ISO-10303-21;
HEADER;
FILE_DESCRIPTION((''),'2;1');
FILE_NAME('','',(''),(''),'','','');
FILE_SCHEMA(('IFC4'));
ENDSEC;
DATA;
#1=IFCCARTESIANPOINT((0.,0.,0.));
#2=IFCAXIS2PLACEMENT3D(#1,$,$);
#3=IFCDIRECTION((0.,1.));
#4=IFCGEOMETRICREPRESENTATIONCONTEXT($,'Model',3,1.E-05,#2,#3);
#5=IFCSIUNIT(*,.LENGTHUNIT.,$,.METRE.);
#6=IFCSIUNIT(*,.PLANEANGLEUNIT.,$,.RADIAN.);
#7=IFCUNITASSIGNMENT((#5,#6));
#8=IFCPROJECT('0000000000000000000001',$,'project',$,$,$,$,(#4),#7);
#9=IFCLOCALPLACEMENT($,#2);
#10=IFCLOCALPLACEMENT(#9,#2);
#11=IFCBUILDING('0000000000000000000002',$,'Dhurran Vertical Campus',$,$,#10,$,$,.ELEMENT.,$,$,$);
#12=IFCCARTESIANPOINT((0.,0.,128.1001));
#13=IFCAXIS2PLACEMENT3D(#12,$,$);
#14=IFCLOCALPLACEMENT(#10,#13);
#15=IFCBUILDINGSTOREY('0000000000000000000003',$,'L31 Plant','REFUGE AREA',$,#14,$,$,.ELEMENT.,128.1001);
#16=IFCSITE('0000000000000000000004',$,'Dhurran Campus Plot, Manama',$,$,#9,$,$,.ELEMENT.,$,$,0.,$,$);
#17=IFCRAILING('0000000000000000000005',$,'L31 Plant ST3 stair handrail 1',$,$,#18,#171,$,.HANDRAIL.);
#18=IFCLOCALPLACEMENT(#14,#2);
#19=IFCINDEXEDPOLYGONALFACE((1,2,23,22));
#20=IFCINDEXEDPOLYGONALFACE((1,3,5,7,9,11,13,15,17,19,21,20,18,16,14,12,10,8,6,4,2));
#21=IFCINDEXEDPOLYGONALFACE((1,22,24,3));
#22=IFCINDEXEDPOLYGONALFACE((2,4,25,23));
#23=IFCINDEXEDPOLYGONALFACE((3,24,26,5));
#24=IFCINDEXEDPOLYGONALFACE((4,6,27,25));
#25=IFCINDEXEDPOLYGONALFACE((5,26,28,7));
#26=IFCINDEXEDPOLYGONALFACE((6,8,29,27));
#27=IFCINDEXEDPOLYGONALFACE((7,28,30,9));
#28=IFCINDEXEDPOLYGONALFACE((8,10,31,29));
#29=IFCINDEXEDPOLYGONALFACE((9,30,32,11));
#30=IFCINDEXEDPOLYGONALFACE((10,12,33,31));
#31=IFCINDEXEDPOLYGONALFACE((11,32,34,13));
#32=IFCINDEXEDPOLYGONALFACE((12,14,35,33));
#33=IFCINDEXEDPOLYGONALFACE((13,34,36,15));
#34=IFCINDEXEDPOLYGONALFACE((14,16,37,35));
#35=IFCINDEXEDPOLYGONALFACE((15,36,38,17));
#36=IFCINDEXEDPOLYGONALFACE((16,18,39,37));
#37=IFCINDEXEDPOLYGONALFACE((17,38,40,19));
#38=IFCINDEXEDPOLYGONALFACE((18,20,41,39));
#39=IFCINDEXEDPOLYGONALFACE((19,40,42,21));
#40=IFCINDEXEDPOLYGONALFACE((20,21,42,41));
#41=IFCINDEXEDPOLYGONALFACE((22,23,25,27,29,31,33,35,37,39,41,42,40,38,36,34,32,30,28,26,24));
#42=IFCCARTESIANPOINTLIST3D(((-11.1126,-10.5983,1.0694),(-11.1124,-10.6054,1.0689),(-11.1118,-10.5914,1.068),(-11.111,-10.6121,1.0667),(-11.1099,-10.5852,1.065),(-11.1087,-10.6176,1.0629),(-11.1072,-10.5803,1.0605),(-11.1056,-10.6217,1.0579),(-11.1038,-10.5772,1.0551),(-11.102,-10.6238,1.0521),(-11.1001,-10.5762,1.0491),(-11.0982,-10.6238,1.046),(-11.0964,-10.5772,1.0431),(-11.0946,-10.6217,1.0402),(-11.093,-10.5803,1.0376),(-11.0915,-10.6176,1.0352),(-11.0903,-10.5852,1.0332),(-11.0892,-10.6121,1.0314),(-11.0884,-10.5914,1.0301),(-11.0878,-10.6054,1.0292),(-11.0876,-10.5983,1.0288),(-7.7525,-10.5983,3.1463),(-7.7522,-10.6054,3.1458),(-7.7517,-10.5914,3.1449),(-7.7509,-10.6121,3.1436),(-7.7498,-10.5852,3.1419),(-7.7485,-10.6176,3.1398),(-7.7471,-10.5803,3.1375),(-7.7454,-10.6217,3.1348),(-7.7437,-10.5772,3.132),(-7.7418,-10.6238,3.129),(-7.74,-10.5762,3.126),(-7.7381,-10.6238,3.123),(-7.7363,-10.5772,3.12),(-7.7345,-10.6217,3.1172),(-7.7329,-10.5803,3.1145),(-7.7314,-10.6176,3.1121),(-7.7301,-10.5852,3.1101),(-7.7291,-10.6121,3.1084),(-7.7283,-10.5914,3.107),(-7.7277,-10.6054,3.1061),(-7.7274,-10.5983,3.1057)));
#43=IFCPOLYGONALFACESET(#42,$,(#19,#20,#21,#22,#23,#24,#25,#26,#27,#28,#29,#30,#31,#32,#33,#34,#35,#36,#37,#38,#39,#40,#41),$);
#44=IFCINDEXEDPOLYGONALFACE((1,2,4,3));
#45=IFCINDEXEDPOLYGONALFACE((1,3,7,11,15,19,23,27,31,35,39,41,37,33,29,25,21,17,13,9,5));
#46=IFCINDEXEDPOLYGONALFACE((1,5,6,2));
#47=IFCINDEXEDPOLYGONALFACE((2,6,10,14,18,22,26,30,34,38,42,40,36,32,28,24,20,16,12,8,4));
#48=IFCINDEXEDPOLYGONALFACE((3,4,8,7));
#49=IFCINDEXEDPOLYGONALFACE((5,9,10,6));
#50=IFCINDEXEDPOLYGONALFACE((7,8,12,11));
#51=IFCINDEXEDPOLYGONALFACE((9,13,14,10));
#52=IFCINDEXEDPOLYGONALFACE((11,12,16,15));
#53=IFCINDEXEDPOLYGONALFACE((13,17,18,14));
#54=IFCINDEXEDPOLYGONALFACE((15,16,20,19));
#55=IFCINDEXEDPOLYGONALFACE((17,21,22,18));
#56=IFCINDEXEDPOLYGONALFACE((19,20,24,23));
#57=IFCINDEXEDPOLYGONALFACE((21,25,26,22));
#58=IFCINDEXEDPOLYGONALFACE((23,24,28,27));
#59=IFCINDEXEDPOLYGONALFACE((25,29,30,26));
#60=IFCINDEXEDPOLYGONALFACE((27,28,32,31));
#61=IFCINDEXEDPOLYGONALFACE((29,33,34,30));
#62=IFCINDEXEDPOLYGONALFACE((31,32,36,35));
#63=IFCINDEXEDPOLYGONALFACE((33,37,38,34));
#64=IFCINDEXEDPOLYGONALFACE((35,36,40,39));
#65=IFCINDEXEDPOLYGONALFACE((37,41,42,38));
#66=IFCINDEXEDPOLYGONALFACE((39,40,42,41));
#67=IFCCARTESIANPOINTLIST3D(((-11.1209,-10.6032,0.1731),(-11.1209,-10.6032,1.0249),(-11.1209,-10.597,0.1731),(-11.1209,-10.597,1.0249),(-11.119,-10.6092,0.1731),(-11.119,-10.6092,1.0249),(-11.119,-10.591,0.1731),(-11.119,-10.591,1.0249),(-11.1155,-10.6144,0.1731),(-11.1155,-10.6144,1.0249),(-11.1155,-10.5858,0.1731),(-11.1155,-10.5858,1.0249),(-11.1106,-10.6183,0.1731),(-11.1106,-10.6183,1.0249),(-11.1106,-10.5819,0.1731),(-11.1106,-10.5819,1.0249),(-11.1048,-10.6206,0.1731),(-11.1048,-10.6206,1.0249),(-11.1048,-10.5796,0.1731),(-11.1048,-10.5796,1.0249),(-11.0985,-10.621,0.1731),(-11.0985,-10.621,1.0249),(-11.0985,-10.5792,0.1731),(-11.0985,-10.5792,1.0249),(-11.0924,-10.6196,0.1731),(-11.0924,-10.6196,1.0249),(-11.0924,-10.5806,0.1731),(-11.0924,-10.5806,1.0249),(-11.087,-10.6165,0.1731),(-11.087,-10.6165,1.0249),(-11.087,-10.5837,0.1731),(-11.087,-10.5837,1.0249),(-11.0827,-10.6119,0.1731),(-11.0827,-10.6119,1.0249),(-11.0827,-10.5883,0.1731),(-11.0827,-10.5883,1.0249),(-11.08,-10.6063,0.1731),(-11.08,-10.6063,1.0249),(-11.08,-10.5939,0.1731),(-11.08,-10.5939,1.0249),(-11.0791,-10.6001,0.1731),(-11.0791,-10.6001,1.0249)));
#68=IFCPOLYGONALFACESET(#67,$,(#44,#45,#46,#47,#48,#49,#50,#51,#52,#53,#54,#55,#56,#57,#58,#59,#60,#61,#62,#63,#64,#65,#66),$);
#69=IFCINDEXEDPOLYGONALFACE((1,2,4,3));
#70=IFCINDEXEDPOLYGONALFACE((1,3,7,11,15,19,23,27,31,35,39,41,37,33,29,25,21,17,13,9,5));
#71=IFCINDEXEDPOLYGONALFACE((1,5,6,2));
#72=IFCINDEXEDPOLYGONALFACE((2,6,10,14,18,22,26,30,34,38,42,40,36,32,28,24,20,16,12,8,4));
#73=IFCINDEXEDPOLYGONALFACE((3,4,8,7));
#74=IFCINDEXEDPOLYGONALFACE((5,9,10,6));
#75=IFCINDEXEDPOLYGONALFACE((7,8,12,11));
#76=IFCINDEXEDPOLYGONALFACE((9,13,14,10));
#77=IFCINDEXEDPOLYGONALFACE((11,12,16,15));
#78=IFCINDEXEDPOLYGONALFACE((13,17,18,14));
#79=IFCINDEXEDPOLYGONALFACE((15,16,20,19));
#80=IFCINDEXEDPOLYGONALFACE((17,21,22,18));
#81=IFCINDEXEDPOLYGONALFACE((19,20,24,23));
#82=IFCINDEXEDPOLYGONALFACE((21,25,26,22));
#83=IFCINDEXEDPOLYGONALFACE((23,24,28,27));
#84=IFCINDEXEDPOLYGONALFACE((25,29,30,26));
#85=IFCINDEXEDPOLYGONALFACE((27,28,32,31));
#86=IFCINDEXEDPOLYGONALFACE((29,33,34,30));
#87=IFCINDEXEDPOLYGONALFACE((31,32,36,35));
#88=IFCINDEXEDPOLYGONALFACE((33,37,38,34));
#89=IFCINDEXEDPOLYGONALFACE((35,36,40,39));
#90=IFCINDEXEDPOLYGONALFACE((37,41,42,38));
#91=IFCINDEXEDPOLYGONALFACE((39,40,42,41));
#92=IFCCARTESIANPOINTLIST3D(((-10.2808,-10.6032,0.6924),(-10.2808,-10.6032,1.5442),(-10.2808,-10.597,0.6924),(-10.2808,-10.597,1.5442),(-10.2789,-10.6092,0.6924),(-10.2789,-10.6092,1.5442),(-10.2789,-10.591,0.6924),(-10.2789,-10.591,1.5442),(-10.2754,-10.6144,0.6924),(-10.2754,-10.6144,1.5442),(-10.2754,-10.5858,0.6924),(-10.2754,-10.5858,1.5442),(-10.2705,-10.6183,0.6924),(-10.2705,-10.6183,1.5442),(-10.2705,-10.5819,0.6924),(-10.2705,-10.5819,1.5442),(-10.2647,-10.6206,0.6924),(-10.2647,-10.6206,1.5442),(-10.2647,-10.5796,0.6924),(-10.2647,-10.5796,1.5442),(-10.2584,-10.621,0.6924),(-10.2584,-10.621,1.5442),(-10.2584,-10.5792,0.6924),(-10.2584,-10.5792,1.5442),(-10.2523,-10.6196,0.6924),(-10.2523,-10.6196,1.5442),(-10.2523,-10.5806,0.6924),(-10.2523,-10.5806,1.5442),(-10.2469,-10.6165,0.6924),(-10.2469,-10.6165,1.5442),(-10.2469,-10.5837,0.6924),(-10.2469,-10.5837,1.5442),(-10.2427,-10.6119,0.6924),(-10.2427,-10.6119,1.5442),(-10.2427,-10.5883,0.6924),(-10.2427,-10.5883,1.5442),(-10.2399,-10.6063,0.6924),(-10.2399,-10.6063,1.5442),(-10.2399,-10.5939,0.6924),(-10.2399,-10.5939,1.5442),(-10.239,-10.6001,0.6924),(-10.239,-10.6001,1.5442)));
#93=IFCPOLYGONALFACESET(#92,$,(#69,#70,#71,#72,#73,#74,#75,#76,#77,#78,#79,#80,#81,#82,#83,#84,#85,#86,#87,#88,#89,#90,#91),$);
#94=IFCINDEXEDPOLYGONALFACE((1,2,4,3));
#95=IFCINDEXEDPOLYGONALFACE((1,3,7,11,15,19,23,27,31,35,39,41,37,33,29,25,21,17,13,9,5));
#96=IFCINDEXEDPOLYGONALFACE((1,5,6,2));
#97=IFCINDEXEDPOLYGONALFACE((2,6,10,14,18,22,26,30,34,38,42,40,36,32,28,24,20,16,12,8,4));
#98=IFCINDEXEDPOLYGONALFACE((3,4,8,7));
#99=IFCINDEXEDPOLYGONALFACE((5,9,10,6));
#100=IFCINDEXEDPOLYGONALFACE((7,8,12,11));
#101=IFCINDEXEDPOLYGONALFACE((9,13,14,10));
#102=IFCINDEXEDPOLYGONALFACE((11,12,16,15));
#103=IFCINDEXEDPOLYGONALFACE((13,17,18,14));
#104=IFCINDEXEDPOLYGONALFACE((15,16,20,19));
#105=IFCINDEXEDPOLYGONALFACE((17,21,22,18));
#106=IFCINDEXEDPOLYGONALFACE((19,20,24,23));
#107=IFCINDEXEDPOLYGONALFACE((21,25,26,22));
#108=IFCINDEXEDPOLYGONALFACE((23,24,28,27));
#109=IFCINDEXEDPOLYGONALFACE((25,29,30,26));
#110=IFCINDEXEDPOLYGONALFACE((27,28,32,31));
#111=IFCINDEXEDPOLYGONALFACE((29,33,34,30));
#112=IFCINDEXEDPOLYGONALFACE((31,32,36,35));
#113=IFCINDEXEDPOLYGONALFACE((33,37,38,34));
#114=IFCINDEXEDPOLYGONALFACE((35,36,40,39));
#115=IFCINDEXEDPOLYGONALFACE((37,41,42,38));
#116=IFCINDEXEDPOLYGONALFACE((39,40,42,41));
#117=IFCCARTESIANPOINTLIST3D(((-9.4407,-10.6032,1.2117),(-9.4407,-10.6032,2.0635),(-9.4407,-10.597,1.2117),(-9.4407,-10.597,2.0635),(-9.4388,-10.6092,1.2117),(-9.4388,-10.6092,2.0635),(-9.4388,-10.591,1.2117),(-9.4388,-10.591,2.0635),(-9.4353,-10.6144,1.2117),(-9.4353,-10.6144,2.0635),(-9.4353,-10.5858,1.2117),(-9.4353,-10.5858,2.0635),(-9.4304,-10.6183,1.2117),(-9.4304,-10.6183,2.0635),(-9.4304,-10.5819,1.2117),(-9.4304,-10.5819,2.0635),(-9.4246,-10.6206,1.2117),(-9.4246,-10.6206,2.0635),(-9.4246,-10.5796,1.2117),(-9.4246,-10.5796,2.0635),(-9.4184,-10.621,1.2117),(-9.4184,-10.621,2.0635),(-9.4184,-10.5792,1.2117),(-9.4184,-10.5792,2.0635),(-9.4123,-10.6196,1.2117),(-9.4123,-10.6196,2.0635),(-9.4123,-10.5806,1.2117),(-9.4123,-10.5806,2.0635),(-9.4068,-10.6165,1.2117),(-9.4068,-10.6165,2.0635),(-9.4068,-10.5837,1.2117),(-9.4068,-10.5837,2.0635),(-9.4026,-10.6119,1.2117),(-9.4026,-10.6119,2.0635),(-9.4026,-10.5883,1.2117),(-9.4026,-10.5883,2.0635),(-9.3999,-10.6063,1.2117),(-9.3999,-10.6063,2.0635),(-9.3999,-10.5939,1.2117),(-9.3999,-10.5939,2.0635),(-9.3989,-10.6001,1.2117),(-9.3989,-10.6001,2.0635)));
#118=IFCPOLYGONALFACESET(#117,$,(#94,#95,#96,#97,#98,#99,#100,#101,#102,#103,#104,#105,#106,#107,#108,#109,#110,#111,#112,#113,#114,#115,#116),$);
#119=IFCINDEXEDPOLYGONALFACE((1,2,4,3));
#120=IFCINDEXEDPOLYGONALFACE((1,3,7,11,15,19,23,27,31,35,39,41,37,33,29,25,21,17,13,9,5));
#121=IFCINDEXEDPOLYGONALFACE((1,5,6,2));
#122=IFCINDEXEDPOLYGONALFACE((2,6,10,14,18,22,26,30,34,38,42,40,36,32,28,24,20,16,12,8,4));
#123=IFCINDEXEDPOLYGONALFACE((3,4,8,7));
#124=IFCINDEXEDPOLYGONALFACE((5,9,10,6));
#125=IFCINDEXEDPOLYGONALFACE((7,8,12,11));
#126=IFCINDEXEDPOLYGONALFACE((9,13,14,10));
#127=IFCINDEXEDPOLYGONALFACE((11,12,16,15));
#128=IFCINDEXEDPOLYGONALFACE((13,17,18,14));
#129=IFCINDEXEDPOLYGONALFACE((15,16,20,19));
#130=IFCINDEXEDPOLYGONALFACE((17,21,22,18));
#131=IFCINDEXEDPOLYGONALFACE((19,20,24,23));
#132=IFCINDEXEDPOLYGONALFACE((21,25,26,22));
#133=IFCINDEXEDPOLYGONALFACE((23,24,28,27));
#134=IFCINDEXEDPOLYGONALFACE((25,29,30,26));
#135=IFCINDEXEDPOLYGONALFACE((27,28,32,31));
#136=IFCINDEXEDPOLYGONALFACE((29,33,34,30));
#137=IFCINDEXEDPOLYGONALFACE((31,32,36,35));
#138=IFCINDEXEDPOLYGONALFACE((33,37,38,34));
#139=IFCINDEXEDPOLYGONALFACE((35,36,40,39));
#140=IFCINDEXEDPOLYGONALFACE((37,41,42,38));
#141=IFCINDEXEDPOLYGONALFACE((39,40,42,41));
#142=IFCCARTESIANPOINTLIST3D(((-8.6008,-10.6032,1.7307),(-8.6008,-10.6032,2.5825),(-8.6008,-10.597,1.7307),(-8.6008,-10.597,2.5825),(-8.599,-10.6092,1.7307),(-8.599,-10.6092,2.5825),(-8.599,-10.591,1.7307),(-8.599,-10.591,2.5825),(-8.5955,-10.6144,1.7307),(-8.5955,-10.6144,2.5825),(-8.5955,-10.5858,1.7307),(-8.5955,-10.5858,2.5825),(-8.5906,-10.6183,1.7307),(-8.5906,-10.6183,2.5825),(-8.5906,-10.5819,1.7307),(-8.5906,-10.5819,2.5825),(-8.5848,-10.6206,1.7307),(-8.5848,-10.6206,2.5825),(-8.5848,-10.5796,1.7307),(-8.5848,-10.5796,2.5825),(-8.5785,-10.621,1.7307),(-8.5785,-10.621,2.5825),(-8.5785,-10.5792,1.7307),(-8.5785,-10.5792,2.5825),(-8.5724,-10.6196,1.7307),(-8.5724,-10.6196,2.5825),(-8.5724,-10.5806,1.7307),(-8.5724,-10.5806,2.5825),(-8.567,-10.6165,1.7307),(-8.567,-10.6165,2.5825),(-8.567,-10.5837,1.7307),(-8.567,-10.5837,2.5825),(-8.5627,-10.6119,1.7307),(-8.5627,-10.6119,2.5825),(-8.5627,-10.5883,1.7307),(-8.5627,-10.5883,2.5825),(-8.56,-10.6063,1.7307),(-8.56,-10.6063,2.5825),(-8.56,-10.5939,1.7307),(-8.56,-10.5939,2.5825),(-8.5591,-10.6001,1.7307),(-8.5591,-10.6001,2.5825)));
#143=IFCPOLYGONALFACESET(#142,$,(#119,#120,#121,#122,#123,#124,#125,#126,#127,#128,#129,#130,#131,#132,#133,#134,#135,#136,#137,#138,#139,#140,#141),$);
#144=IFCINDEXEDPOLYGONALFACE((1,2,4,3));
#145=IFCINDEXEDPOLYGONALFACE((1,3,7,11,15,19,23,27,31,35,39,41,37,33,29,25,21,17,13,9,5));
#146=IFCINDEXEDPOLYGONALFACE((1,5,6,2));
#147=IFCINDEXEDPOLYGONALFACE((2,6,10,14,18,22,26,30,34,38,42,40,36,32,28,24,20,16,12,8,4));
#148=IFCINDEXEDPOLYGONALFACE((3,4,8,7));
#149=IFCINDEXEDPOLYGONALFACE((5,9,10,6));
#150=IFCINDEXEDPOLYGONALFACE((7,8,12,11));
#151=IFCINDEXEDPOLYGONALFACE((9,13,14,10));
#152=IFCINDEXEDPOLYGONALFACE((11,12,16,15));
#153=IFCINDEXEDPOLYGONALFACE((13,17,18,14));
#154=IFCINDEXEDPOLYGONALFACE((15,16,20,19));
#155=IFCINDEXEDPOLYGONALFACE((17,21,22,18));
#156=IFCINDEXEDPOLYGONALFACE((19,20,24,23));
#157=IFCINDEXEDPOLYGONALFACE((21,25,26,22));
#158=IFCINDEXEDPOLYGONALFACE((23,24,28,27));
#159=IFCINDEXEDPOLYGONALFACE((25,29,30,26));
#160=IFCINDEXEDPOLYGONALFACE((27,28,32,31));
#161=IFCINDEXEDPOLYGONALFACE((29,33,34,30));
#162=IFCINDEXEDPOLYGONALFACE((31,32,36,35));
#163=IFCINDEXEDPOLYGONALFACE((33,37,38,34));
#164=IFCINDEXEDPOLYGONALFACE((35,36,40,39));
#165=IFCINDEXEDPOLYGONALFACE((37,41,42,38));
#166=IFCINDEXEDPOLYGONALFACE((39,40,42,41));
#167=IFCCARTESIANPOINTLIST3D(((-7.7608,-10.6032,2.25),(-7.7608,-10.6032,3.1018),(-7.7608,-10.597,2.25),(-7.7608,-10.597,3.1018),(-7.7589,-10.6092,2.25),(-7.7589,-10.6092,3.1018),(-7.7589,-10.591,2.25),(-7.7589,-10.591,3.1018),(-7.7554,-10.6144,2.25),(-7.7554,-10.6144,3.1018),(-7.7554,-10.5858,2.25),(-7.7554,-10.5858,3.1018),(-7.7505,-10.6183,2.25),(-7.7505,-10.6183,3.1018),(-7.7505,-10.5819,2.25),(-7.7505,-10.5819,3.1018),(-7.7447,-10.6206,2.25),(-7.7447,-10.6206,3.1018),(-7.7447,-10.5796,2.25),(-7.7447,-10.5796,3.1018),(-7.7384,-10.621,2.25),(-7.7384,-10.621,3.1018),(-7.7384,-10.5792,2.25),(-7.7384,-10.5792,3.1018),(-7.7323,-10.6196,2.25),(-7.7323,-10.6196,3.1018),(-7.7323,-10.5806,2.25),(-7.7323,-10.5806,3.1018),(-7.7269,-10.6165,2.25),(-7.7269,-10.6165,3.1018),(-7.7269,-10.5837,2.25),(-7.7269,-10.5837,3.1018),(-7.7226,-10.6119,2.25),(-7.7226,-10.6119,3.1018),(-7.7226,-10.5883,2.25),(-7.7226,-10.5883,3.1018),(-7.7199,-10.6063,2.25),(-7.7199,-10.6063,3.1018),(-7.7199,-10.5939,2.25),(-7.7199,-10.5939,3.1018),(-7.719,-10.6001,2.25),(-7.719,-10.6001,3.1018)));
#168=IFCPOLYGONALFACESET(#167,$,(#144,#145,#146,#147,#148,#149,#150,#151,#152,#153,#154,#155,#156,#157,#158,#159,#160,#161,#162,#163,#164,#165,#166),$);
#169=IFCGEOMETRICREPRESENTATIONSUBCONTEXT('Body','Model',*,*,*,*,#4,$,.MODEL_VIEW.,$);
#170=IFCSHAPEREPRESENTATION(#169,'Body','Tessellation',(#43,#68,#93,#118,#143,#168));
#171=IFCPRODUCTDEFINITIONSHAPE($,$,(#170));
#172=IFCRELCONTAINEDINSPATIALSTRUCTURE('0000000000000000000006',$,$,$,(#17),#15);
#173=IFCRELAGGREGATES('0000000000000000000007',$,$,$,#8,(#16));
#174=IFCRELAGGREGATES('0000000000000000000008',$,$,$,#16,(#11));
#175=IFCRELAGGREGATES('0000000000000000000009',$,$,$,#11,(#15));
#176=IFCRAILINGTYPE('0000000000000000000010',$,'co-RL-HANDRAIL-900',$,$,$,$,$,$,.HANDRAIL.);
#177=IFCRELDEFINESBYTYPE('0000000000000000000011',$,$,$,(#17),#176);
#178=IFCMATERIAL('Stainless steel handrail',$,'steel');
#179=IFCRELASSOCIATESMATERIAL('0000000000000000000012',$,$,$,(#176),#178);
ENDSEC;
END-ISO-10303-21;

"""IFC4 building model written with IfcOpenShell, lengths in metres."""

from ifc_helpers import new_model, si_unit, direction, frame, origin, origin_2d, place, context, subcontext, project, spatial, circle, extrude, material, type_object, element, save


model = new_model("IFC4")

# Units and contexts
model_context = context("Model", 3, precision=1e-05, world=origin(), true_north=direction((0.0, 1.0)))
body_context = subcontext(model_context, "Body", "Model", "MODEL_VIEW")
ifc_project = project(units=[si_unit("LENGTHUNIT", "METRE"), si_unit("PLANEANGLEUNIT", "RADIAN")], contexts=[model_context])

# Site, building, storey
site_placement = place(None, origin())
site = spatial("IfcSite", under=ifc_project, at=site_placement, Name="Dhurran Campus Plot, Manama", CompositionType="ELEMENT", RefElevation=0.0)
building_placement = place(site_placement, origin())
building = spatial("IfcBuilding", under=site, at=building_placement, Name="Dhurran Vertical Campus", CompositionType="ELEMENT")
storey_placement = place(building_placement, frame((0.0, 0.0, 128.1001)))
storey = spatial("IfcBuildingStorey", under=building, at=storey_placement, Name="L31 Plant", Description="REFUGE AREA", CompositionType="ELEMENT", Elevation=128.1001)

# Railing
ifc_material_1 = material(Name="Stainless steel handrail", Category="steel")
railing_type_1 = type_object("IfcRailingType", Name="co-RL-HANDRAIL-900", PredefinedType="HANDRAIL", material=ifc_material_1)
railing_1_placement = place(storey_placement, frame((-11.1001, -10.6001, 0.1731)))
element("IfcRailing", 1, at=railing_1_placement, inside=storey, type_object=railing_type_1, Name="L31 Plant ST3 stair handrail 1", PredefinedType="HANDRAIL", context=body_context, shape_type="SweptSolid", body=[
    extrude(circle(Radius=0.0239, at=origin_2d()), frame((0.0, 0.0, 0.876), z_axis=(0.850623, 0.0, 0.525776), x_axis=(0.0, 1.0, 0.0)), (0.0, 0.0, 1.0), 3.9502),
    extrude(circle(Radius=0.021, at=origin_2d()), origin(), (0.0, 0.0, 1.0), 0.8518),
    extrude(circle(Radius=0.021, at=origin_2d()), frame((0.8401, 0.0, 0.5193)), (0.0, 0.0, 1.0), 0.8518),
    extrude(circle(Radius=0.021, at=origin_2d()), frame((1.6802, 0.0, 1.0386)), (0.0, 0.0, 1.0), 0.8518),
    extrude(circle(Radius=0.021, at=origin_2d()), frame((2.52, 0.0, 1.5576)), (0.0, 0.0, 1.0), 0.8518),
    extrude(circle(Radius=0.021, at=origin_2d()), frame((3.3601, 0.0, 2.0769)), (0.0, 0.0, 1.0), 0.8518),
])

save(model, "model.ifc")
